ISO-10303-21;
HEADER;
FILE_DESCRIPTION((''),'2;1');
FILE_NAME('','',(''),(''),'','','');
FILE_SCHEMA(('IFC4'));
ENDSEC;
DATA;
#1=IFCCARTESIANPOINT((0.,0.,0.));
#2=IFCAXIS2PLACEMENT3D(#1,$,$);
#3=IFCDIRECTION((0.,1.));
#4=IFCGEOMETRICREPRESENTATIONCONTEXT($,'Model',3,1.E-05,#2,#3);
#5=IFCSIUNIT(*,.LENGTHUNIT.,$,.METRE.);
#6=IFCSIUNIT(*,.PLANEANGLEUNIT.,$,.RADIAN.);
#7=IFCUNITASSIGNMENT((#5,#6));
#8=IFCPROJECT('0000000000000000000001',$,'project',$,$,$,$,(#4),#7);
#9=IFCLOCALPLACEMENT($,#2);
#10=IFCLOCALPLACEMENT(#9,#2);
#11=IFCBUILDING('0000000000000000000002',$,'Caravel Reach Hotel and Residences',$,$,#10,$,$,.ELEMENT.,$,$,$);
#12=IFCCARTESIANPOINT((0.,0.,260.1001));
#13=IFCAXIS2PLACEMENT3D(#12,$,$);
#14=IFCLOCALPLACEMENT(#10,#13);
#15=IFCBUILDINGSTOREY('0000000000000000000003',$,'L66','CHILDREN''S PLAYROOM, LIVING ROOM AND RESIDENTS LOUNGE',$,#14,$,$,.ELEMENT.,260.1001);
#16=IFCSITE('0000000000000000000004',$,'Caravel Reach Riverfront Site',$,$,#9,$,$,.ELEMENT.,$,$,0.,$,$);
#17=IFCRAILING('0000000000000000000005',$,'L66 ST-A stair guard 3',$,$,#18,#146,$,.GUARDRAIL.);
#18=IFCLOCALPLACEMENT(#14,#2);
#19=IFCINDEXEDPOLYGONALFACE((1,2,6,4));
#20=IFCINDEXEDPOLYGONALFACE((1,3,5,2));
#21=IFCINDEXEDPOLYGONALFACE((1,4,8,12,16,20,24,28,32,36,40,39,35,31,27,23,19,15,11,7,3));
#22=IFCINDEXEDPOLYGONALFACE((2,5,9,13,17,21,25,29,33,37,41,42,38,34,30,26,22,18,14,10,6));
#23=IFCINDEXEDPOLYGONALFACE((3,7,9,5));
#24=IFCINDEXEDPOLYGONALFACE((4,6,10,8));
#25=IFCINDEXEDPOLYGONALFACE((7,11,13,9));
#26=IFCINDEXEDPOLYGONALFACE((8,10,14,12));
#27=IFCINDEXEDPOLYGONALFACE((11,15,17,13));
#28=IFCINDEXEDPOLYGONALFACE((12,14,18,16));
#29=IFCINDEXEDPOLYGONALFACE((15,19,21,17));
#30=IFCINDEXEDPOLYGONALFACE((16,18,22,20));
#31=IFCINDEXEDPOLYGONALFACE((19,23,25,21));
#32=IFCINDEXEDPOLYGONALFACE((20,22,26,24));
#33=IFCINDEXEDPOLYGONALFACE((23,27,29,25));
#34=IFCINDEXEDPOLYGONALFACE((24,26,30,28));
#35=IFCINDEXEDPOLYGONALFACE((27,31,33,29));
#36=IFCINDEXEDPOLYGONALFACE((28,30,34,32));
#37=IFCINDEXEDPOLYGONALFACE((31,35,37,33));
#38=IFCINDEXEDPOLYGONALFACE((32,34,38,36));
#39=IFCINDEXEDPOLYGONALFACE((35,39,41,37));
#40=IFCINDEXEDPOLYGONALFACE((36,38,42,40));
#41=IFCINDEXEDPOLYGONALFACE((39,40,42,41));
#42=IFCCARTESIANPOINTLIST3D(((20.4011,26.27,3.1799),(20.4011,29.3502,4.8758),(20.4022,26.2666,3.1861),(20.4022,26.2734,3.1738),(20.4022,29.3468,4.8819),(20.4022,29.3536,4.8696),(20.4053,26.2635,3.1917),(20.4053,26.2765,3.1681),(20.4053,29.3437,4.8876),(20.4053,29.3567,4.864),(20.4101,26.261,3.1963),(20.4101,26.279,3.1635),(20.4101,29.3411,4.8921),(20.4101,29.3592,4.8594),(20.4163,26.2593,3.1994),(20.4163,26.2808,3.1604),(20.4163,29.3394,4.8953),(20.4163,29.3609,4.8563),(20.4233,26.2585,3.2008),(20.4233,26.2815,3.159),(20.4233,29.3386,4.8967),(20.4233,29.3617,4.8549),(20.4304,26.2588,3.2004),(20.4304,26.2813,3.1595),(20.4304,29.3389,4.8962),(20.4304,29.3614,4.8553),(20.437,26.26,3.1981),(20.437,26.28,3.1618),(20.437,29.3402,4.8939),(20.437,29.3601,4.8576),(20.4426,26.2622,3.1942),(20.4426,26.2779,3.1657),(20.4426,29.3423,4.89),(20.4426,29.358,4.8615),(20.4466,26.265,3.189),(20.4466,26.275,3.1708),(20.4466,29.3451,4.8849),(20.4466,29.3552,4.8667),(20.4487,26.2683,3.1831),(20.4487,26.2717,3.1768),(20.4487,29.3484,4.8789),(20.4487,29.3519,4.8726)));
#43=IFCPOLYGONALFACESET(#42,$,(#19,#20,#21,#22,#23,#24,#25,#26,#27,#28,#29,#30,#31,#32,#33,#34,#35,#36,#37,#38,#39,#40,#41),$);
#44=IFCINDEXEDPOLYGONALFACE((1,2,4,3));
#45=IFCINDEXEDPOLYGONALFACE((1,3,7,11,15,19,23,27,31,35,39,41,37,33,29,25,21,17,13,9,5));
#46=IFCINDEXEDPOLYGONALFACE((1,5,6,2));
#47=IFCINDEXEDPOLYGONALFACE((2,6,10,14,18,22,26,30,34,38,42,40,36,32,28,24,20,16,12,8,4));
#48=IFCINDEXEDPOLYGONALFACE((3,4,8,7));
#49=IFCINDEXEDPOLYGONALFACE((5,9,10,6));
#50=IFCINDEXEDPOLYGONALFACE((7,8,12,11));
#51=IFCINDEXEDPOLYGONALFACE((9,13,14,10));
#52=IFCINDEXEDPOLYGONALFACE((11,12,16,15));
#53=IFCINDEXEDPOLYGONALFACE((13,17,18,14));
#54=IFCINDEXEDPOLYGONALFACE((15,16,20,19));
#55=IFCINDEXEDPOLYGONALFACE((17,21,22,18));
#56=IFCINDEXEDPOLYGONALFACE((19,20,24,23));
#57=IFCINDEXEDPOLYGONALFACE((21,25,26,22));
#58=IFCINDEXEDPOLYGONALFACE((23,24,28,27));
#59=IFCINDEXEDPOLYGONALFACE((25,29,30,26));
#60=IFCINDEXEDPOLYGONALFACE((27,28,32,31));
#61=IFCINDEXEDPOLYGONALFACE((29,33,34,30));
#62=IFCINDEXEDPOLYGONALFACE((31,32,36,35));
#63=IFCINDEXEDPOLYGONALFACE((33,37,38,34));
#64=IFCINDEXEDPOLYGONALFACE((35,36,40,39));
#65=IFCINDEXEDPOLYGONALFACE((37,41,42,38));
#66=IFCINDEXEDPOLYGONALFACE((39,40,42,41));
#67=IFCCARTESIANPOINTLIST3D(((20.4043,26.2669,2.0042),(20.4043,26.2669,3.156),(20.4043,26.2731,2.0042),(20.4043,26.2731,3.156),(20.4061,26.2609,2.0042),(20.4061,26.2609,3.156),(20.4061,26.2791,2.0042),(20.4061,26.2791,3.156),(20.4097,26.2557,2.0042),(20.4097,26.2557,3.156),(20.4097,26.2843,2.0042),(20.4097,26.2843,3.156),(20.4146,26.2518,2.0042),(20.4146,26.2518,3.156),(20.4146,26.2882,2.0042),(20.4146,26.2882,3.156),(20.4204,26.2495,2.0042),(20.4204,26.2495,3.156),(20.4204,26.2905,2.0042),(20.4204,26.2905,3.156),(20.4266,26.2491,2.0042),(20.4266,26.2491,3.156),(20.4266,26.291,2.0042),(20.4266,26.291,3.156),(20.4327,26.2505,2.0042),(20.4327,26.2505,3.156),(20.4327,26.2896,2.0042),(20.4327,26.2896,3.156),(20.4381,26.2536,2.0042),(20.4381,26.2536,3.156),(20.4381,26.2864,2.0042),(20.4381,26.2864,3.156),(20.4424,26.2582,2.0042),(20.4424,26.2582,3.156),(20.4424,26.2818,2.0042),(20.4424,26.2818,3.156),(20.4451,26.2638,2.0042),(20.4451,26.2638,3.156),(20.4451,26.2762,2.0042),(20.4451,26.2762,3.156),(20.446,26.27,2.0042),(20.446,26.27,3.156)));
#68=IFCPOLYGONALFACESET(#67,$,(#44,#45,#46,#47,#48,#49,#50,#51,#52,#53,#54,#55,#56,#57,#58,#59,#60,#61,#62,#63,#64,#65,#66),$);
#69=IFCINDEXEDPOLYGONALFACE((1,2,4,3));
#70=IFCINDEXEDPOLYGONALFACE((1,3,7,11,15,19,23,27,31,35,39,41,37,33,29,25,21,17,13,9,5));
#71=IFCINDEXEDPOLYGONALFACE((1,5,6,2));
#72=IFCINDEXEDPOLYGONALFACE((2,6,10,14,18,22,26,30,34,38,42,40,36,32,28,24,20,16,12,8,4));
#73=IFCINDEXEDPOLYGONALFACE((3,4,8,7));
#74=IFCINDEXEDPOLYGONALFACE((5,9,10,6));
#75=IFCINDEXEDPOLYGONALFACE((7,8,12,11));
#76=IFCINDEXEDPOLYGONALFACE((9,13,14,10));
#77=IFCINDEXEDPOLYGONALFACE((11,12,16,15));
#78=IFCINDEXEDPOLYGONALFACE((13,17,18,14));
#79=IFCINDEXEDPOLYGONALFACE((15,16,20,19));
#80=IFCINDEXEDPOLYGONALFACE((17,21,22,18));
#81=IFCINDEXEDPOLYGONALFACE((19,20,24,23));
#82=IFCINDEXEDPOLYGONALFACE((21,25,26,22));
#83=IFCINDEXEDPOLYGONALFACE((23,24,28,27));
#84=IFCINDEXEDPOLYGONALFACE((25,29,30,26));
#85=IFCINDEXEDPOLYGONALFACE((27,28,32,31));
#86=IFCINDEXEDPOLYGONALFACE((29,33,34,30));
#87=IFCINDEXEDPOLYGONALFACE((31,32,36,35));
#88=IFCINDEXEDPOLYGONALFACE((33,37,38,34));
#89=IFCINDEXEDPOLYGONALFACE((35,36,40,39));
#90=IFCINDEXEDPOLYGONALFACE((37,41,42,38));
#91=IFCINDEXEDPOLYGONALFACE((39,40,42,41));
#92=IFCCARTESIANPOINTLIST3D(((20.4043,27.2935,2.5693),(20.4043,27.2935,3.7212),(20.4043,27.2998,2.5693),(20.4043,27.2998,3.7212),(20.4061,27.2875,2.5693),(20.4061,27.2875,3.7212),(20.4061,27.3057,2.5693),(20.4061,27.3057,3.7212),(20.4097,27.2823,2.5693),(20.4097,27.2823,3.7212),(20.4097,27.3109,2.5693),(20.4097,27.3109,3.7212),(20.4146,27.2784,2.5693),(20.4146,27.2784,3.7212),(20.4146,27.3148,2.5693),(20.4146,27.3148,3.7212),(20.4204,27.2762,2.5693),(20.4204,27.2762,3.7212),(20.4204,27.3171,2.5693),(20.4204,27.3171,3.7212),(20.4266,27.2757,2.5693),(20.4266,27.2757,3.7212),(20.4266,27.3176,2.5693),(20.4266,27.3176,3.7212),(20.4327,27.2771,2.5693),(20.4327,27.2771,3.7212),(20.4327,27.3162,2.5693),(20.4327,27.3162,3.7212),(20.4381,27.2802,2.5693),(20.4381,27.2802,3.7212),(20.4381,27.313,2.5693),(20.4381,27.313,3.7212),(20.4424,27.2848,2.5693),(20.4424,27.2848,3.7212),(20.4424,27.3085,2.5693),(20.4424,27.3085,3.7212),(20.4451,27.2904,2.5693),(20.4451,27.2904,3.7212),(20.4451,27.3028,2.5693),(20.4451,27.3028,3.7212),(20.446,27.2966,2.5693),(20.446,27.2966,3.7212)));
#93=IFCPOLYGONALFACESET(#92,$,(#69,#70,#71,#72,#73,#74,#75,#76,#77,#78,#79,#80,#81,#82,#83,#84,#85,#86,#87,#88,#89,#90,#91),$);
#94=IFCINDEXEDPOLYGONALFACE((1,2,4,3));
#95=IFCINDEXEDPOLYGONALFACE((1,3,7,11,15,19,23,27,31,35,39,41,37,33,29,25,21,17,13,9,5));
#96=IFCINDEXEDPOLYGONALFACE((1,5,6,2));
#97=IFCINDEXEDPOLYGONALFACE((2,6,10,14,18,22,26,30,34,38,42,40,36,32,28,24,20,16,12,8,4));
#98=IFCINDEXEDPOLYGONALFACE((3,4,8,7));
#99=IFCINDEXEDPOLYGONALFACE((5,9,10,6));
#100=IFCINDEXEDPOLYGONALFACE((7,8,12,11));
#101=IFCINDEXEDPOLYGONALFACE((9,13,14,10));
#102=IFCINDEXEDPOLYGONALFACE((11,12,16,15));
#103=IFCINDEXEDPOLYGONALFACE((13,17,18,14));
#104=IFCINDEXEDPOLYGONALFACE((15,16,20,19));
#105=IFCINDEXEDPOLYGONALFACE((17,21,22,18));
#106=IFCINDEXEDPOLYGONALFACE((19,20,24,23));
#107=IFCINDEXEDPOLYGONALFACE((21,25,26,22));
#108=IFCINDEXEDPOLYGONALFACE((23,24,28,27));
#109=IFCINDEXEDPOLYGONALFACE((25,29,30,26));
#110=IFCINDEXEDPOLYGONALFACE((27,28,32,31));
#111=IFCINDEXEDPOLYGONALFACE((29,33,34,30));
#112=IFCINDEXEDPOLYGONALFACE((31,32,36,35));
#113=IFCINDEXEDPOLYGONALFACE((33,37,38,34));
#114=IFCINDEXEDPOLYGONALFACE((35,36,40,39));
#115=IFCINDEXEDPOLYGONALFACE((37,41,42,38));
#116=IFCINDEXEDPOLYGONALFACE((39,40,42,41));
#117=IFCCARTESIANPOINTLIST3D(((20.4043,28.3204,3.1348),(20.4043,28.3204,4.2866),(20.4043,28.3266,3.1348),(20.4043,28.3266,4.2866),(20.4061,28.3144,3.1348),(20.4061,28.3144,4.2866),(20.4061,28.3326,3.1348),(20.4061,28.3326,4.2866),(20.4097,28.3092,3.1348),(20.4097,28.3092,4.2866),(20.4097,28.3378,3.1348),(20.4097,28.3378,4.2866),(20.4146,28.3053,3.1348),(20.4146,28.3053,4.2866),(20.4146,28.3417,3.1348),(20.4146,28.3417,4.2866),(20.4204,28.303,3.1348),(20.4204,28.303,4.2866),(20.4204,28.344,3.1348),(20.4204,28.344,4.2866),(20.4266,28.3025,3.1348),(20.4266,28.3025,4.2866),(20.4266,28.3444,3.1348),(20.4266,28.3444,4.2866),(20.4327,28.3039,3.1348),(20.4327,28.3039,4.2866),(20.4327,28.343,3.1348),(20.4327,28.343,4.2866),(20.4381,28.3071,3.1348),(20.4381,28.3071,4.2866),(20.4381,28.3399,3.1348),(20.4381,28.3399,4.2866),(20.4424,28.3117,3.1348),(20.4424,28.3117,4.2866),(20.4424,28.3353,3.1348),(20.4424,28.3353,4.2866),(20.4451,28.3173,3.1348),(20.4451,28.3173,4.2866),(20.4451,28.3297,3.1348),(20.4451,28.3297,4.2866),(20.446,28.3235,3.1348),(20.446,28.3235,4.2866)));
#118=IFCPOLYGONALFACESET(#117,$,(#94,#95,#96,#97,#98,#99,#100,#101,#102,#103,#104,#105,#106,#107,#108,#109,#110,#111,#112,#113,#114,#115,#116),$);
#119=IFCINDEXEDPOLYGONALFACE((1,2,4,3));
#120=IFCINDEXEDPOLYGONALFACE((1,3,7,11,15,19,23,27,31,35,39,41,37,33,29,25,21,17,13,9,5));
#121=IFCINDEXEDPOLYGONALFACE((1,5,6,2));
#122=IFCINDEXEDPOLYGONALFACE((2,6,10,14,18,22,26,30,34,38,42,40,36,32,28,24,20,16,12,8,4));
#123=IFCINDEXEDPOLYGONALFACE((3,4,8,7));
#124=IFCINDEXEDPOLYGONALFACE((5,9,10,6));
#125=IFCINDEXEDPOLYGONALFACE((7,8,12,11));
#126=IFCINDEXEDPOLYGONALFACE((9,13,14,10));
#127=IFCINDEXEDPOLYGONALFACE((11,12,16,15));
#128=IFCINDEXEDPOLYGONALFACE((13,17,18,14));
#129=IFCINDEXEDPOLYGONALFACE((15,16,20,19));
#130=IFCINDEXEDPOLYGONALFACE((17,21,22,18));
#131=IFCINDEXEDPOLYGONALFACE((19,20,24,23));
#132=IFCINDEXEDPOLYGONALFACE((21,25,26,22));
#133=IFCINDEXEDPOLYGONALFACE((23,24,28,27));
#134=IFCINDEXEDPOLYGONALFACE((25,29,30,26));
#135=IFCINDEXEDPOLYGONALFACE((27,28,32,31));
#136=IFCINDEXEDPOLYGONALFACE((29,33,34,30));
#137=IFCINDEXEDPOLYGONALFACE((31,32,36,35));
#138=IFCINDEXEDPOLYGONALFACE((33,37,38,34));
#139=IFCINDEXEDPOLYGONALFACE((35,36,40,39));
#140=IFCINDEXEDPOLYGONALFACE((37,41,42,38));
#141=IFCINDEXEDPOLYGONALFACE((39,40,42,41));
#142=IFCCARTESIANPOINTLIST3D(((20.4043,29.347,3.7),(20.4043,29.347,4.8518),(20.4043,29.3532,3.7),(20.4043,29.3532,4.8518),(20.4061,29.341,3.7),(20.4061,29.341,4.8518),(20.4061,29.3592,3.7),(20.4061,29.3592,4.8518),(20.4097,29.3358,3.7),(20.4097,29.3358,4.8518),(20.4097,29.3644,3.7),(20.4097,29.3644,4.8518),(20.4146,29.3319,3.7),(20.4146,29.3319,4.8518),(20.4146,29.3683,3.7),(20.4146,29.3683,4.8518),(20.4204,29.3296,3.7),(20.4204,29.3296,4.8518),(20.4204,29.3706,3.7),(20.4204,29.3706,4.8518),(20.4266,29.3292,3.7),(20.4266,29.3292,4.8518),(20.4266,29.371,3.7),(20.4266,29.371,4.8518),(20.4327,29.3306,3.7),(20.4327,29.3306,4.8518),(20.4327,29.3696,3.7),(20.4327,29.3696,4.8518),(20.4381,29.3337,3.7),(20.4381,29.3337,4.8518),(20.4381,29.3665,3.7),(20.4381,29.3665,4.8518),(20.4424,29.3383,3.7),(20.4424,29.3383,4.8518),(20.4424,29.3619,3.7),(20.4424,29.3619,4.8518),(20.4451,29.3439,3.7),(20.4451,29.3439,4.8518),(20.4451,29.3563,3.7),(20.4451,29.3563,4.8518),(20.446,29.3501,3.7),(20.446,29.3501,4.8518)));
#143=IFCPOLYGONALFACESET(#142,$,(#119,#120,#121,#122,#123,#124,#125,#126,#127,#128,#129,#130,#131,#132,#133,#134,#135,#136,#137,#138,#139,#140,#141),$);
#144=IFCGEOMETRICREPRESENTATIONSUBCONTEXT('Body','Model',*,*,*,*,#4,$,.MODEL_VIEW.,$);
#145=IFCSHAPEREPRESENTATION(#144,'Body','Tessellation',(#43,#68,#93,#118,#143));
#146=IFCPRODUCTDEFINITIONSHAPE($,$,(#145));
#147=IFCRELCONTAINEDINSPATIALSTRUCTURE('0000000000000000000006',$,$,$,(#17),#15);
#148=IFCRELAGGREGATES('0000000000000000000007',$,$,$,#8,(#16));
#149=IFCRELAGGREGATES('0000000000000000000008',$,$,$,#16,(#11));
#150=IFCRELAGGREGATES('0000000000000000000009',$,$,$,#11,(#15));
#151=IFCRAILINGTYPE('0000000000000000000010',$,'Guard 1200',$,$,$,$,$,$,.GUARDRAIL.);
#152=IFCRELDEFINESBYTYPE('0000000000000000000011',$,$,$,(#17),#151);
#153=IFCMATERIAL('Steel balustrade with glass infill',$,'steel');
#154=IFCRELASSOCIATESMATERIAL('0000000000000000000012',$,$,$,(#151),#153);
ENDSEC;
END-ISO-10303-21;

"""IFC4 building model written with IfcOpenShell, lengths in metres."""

from ifc_helpers import new_model, si_unit, direction, frame, origin, origin_2d, place, context, subcontext, project, spatial, circle, extrude, material, type_object, element, save


model = new_model("IFC4")

# Units and contexts
model_context = context("Model", 3, precision=1e-05, world=origin(), true_north=direction((0.0, 1.0)))
body_context = subcontext(model_context, "Body", "Model", "MODEL_VIEW")
ifc_project = project(units=[si_unit("LENGTHUNIT", "METRE"), si_unit("PLANEANGLEUNIT", "RADIAN")], contexts=[model_context])

# Site, building, storey
site_placement = place(None, origin())
site = spatial("IfcSite", under=ifc_project, at=site_placement, Name="Caravel Reach Riverfront Site", CompositionType="ELEMENT", RefElevation=0.0)
building_placement = place(site_placement, origin())
building = spatial("IfcBuilding", under=site, at=building_placement, Name="Caravel Reach Hotel and Residences", CompositionType="ELEMENT")
storey_placement = place(building_placement, frame((0.0, 0.0, 260.1001)))
storey = spatial("IfcBuildingStorey", under=building, at=storey_placement, Name="L66", Description="CHILDREN'S PLAYROOM, LIVING ROOM AND RESIDENTS LOUNGE", CompositionType="ELEMENT", Elevation=260.1001)

# Railing
ifc_material_1 = material(Name="Steel balustrade with glass infill", Category="steel")
railing_type_1 = type_object("IfcRailingType", Name="Guard 1200", PredefinedType="GUARDRAIL", material=ifc_material_1)
railing_1_placement = place(storey_placement, frame((20.425, 26.27, 2.0042)))
element("IfcRailing", 1, at=railing_1_placement, inside=storey, type_object=railing_type_1, Name="L66 ST-A stair guard 3", PredefinedType="GUARDRAIL", context=body_context, shape_type="SweptSolid", body=[
    extrude(circle(Radius=0.0239, at=origin_2d()), frame((0.0, 0.0, 1.1758), z_axis=(0.0, 0.876005, 0.482303), x_axis=(-1.0, 0.0, 0.0)), (0.0, 0.0, 1.0), 3.5161),
    extrude(circle(Radius=0.021, at=origin_2d()), origin(), (0.0, 0.0, 1.0), 1.1519),
    extrude(circle(Radius=0.021, at=origin_2d()), frame((0.0, 1.0266, 0.5652)), (0.0, 0.0, 1.0), 1.1519),
    extrude(circle(Radius=0.021, at=origin_2d()), frame((0.0, 2.0535, 1.1306)), (0.0, 0.0, 1.0), 1.1519),
    extrude(circle(Radius=0.021, at=origin_2d()), frame((0.0, 3.0801, 1.6958)), (0.0, 0.0, 1.0), 1.1519),
])

save(model, "model.ifc")
